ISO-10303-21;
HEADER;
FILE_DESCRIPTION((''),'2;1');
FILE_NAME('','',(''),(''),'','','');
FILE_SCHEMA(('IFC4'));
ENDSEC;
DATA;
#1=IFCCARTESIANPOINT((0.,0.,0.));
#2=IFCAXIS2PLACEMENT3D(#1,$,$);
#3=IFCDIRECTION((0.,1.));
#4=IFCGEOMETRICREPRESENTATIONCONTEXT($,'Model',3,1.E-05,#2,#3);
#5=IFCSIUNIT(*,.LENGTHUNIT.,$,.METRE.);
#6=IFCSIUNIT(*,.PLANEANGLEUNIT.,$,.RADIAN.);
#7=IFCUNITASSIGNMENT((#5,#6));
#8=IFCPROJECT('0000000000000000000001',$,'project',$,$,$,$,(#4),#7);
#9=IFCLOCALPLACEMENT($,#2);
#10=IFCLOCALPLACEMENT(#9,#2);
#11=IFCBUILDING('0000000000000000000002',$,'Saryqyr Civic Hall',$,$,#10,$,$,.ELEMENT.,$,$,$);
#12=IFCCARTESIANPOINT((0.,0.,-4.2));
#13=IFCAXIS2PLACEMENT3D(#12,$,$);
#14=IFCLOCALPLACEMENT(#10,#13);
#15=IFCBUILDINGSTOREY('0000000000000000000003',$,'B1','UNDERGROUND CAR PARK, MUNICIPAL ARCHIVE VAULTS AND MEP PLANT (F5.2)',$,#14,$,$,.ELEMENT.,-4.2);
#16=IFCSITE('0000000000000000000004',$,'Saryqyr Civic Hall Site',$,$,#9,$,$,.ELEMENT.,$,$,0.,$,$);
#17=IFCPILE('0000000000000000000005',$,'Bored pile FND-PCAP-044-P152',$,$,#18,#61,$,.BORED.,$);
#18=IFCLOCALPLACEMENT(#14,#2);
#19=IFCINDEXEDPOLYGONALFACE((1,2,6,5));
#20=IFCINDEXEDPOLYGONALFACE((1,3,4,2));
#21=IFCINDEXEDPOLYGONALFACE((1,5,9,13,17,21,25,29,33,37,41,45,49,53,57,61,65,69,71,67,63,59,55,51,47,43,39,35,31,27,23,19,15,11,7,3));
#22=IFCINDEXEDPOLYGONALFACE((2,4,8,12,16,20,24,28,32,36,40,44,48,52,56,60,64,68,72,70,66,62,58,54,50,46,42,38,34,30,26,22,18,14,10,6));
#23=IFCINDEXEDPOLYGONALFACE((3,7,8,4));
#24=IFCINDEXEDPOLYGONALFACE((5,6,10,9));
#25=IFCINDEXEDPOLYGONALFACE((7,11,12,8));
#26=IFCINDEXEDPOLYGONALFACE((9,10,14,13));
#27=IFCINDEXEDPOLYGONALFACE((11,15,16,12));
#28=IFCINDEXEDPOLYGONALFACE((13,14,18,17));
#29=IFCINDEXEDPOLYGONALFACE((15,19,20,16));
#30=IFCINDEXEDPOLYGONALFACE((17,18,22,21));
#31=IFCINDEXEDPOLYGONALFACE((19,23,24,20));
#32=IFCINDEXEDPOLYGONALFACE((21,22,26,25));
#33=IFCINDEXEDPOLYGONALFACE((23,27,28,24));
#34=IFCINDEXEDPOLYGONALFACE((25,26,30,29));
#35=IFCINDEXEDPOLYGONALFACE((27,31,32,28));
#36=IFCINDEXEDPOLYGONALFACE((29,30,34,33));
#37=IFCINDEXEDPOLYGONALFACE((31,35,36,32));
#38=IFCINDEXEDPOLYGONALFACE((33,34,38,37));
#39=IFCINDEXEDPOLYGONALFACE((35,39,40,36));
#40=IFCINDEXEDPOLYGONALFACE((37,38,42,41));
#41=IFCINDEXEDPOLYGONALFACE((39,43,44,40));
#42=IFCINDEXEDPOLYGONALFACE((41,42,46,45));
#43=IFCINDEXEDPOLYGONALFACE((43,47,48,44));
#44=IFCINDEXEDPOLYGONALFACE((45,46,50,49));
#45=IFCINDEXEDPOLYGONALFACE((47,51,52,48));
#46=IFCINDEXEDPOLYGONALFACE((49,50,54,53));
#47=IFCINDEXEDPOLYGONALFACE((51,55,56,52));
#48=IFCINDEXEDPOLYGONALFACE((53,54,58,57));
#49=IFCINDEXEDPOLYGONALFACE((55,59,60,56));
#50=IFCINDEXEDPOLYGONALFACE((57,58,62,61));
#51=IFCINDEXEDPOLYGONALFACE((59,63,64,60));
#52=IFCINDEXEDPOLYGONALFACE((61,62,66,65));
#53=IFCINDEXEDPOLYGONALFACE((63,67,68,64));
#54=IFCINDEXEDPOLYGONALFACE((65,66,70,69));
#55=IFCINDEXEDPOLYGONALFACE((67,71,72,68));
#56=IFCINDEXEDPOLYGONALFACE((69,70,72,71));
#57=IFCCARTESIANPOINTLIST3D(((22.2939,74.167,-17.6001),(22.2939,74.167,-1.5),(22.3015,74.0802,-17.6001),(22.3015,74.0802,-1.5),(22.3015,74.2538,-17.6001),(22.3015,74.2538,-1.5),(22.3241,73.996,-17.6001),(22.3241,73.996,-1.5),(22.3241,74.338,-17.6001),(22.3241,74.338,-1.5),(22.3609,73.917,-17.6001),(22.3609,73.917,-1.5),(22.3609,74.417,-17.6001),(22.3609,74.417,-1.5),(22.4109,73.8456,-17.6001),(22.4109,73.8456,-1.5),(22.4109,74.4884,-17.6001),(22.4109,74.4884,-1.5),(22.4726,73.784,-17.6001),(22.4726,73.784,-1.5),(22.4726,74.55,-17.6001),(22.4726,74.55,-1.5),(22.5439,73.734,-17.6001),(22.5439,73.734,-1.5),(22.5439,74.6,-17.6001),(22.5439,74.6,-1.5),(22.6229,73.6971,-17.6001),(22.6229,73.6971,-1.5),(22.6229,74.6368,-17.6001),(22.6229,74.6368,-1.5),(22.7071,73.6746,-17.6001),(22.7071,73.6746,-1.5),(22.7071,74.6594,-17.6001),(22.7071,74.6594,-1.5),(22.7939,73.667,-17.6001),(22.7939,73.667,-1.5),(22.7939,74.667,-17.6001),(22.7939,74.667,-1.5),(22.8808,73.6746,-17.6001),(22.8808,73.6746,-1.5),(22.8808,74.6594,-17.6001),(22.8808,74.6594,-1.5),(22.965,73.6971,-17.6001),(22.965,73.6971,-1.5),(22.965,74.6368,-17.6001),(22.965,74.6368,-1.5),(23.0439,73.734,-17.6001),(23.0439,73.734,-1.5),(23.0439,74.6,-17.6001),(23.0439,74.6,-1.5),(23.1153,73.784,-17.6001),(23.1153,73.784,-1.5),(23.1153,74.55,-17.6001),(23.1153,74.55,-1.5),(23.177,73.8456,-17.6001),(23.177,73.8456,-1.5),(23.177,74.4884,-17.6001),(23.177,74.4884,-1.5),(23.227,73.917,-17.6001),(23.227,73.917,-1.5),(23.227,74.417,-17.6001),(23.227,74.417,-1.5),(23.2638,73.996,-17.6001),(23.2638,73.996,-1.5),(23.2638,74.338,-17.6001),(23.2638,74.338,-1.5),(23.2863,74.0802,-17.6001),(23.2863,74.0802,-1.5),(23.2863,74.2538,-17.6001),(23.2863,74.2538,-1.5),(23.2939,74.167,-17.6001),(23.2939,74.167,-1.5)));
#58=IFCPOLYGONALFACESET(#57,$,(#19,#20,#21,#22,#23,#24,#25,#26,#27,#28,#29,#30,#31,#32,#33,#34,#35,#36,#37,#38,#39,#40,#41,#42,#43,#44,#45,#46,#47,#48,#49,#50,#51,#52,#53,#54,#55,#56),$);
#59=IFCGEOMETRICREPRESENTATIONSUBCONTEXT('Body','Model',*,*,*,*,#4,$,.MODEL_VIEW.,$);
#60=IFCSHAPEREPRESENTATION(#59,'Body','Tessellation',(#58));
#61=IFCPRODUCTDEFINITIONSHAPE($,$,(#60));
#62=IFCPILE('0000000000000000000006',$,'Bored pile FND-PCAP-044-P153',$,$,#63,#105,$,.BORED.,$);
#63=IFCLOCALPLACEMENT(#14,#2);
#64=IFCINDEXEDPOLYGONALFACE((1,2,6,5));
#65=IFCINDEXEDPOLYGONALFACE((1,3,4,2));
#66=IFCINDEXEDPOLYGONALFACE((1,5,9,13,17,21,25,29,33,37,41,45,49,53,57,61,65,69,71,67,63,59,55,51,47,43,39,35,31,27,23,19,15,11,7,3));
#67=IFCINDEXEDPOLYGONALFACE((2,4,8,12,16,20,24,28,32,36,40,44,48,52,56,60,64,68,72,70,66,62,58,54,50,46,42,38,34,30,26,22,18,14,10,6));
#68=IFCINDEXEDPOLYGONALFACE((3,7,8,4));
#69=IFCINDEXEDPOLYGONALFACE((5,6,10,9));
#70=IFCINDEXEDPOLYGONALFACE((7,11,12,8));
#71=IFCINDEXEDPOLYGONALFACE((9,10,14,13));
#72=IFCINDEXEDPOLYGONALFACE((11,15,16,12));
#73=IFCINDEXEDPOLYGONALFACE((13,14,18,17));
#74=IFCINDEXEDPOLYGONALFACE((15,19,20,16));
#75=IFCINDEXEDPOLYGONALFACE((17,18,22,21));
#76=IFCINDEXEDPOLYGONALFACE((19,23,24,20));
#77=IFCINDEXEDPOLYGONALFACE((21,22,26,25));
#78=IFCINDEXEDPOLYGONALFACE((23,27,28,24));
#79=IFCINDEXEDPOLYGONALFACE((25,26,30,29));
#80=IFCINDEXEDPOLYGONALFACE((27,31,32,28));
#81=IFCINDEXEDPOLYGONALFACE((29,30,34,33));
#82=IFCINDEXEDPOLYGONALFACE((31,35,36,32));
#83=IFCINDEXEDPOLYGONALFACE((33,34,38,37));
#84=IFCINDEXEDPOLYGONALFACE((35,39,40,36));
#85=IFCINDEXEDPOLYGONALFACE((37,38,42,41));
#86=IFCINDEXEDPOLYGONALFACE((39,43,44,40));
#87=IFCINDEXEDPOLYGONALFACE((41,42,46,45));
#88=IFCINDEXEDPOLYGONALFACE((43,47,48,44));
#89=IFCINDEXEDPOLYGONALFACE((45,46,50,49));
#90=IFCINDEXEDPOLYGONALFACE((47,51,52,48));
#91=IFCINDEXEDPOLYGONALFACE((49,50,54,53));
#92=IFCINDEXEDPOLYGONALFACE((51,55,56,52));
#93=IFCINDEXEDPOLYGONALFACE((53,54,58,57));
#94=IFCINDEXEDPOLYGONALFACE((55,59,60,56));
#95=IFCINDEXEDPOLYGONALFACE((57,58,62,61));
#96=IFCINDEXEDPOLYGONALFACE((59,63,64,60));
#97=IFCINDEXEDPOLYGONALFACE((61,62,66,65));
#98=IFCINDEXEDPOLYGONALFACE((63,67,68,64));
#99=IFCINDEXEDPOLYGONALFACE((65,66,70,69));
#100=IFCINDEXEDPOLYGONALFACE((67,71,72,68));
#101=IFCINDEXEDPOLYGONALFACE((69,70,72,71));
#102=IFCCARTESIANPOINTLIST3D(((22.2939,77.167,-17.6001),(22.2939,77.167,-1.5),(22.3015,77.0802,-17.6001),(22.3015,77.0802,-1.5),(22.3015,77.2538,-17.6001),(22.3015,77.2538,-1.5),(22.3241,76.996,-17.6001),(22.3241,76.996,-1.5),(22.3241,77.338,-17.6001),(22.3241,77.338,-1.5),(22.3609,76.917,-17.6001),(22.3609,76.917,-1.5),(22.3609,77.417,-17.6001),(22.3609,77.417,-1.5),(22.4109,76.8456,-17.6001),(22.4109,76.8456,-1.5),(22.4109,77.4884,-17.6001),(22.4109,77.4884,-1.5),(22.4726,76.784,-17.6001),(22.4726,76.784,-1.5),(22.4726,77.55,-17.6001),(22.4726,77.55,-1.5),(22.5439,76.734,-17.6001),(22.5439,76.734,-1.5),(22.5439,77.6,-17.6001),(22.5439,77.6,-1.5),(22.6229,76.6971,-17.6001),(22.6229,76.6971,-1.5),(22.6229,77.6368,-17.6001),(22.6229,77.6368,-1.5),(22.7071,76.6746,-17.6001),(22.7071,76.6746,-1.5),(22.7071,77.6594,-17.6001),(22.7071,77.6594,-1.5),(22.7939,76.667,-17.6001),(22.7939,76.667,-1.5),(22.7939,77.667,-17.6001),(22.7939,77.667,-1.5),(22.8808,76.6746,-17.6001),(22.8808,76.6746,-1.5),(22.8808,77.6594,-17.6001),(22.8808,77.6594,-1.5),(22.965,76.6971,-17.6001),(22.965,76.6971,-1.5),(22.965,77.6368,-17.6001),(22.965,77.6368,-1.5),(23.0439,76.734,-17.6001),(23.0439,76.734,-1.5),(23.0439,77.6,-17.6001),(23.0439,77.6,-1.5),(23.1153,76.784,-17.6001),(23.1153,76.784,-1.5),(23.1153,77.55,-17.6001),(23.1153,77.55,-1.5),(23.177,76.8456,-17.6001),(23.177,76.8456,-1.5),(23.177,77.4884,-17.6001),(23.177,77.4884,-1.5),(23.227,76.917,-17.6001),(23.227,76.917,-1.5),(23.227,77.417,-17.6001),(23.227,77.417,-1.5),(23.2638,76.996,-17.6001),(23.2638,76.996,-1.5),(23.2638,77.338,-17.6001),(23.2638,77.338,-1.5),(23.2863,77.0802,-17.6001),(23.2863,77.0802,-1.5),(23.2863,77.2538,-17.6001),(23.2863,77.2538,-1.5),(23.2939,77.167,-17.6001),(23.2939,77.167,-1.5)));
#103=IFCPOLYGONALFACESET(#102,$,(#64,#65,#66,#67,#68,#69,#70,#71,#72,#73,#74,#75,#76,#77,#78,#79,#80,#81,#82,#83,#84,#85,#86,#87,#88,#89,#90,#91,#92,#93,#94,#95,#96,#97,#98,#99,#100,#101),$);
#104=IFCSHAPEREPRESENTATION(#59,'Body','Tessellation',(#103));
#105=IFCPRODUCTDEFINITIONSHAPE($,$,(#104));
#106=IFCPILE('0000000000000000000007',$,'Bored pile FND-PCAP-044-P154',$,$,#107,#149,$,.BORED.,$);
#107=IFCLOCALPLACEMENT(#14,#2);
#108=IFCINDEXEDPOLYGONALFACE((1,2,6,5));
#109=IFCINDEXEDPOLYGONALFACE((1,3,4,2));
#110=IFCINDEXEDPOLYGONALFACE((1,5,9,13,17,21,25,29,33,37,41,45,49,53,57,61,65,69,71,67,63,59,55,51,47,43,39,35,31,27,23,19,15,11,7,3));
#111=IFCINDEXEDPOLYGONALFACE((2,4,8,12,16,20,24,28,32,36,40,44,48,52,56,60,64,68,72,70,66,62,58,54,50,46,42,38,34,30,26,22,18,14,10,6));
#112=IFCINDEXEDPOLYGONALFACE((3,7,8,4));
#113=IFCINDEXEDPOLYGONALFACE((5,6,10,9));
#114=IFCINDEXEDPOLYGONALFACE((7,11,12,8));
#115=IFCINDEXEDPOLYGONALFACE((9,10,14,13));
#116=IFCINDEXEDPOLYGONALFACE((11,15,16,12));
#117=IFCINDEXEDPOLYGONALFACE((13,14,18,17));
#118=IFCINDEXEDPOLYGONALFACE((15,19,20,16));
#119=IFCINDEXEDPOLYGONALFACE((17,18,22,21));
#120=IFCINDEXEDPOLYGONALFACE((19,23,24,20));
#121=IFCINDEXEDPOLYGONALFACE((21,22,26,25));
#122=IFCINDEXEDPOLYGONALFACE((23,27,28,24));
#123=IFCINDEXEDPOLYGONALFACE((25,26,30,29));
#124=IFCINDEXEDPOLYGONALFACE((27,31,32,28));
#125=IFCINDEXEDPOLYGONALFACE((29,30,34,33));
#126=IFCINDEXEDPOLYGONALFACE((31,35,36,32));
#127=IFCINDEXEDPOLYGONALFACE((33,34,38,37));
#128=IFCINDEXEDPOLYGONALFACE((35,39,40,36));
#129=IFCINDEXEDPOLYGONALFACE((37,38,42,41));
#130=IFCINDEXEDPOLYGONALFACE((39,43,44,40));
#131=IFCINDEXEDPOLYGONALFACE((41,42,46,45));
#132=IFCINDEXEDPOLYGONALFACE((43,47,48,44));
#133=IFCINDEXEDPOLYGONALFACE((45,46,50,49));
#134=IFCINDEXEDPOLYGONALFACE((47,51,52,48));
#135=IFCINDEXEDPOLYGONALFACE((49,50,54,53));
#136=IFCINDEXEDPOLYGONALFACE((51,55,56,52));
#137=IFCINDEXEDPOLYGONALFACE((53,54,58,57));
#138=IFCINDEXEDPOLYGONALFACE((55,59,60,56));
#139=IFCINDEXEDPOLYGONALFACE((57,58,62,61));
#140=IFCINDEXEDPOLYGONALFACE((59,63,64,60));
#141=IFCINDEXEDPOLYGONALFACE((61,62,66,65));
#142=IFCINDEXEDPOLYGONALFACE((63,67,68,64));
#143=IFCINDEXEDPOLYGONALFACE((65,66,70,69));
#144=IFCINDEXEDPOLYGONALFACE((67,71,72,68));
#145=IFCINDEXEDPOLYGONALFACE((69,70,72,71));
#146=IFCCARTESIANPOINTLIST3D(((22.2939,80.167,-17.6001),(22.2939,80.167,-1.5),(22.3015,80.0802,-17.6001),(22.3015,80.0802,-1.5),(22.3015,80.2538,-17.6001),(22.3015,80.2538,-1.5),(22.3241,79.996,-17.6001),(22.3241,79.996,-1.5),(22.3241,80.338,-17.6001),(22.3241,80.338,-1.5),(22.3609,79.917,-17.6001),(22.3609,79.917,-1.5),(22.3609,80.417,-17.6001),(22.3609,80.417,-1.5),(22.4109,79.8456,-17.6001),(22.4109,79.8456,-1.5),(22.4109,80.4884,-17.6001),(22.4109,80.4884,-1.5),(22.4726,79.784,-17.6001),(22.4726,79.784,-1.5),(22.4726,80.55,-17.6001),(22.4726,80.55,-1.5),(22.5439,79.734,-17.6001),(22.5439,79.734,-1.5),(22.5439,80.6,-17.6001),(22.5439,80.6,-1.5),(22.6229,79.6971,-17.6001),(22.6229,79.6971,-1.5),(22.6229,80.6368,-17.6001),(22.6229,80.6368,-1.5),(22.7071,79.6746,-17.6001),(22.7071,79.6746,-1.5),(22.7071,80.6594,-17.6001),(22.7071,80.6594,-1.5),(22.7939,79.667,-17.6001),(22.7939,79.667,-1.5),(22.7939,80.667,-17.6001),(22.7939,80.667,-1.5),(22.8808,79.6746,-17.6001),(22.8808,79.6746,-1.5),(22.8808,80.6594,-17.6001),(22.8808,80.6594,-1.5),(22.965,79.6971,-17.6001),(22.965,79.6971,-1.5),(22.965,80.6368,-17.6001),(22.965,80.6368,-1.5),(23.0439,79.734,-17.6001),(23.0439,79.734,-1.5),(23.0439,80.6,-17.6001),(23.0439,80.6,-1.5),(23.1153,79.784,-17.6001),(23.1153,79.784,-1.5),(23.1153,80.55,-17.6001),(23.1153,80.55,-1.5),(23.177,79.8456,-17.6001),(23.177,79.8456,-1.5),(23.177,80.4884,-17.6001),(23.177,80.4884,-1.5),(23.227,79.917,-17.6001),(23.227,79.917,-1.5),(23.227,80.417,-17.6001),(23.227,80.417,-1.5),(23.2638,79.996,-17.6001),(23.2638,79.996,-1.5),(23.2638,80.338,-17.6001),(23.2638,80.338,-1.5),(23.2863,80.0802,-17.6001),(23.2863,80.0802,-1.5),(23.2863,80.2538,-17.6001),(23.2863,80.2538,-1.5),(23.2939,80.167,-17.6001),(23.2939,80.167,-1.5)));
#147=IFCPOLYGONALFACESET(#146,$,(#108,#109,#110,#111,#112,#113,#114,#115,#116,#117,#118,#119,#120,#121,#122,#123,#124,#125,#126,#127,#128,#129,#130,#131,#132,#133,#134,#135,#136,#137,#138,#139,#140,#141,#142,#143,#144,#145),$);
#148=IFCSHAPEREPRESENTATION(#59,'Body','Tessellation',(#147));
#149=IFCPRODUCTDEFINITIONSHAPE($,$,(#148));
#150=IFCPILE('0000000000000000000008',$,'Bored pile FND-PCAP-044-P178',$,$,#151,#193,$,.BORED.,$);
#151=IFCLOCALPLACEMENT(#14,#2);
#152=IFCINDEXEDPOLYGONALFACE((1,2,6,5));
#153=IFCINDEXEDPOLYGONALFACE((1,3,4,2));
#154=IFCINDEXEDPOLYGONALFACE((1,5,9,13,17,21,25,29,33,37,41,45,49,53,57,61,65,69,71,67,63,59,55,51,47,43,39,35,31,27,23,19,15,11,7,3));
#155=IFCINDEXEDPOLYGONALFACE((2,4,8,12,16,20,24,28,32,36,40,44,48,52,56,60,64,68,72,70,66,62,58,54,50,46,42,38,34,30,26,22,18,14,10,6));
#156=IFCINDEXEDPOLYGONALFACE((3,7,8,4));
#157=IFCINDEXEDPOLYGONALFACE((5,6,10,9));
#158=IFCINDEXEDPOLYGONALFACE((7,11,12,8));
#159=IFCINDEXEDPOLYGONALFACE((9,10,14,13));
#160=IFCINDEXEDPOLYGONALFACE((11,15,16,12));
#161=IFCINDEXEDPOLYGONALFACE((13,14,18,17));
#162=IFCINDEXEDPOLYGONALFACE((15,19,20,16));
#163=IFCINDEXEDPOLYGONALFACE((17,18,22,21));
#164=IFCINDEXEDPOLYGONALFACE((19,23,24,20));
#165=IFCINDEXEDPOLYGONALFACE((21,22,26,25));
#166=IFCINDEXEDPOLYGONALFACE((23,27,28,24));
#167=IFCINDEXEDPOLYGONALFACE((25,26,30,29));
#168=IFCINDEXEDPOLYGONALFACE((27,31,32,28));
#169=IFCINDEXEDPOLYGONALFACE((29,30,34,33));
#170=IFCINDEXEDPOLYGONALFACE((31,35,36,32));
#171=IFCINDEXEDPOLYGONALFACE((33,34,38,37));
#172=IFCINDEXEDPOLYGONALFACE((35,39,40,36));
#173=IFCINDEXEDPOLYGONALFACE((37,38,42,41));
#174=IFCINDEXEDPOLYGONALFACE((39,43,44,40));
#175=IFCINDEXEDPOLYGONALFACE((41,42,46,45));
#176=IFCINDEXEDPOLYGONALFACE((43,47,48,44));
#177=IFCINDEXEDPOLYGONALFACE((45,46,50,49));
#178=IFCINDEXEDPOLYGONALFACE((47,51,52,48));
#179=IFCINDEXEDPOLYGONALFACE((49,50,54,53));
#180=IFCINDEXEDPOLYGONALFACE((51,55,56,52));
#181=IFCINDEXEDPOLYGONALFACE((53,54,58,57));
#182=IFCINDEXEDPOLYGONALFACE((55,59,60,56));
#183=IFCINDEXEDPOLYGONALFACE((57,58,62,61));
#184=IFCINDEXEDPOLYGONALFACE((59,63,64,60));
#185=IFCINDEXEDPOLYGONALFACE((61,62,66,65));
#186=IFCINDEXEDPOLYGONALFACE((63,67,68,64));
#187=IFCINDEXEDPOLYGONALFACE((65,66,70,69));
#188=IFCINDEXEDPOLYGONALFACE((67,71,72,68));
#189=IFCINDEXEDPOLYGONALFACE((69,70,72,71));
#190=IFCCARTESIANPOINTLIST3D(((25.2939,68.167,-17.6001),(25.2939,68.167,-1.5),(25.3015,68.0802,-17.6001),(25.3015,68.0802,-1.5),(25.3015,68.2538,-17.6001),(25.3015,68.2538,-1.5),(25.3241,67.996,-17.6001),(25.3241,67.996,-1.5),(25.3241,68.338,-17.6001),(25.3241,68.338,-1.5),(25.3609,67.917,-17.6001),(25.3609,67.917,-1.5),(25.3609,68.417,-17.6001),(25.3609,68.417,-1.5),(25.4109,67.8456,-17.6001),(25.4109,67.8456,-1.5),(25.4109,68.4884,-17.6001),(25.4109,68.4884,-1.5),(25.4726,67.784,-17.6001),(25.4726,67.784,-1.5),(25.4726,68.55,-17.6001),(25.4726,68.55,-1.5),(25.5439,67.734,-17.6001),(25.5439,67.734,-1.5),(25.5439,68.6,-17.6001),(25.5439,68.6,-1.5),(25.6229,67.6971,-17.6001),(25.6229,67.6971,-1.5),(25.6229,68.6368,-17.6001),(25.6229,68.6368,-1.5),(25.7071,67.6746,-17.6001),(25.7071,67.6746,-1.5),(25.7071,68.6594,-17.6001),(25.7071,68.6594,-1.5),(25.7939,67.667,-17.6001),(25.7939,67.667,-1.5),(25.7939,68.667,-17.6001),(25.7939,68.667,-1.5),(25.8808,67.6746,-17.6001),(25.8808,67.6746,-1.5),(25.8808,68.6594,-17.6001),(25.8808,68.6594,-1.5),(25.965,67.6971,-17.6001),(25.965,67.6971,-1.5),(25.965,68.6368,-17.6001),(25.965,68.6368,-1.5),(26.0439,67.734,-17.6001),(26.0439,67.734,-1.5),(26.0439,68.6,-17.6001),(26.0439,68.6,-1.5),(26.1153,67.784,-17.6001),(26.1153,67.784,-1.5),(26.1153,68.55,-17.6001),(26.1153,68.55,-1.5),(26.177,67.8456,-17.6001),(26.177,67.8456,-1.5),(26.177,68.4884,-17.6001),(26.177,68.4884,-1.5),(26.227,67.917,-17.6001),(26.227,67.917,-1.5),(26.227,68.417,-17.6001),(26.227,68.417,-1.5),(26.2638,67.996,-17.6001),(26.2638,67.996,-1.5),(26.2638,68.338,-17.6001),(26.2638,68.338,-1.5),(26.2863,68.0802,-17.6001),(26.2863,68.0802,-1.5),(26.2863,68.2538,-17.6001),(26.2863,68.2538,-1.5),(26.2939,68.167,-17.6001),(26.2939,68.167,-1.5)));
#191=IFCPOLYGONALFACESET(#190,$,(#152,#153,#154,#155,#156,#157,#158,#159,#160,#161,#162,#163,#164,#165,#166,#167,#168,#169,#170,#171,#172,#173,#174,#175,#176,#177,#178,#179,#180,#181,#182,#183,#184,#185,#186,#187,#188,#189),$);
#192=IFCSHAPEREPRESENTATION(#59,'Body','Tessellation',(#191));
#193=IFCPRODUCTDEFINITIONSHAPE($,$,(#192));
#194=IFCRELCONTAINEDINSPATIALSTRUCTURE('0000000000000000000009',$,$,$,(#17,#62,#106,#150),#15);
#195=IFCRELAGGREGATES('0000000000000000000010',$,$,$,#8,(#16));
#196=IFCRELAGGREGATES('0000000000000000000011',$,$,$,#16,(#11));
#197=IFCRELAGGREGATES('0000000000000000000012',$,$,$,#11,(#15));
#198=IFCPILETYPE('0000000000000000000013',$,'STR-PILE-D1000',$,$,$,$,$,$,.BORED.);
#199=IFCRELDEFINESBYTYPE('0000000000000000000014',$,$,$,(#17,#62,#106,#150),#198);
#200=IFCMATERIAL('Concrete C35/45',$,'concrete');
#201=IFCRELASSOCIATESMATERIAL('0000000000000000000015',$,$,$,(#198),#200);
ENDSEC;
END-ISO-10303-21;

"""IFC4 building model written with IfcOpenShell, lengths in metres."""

from ifc_helpers import new_model, si_unit, direction, frame, origin, origin_2d, place, context, subcontext, project, spatial, circle, extrude, material, material_profile, profile_set, type_object, element, save


model = new_model("IFC4")

# Units and contexts
model_context = context("Model", 3, precision=1e-05, world=origin(), true_north=direction((0.0, 1.0)))
body_context = subcontext(model_context, "Body", "Model", "MODEL_VIEW")
ifc_project = project(units=[si_unit("LENGTHUNIT", "METRE"), si_unit("PLANEANGLEUNIT", "RADIAN")], contexts=[model_context])

# Site, building, storey
site_placement = place(None, origin())
site = spatial("IfcSite", under=ifc_project, at=site_placement, Name="Saryqyr Civic Hall Site", CompositionType="ELEMENT", RefElevation=0.0)
building_placement = place(site_placement, origin())
building = spatial("IfcBuilding", under=site, at=building_placement, Name="Saryqyr Civic Hall", CompositionType="ELEMENT")
storey_placement = place(building_placement, frame((0.0, 0.0, -4.2)))
storey = spatial("IfcBuildingStorey", under=building, at=storey_placement, Name="B1", Description="UNDERGROUND CAR PARK, MUNICIPAL ARCHIVE VAULTS AND MEP PLANT (F5.2)", CompositionType="ELEMENT", Elevation=-4.2)

# Shared definitions
ifc_material_1 = material(Name="Concrete C35/45", Category="concrete")

# Piles
ifc_material_profile_1 = material_profile(ifc_material_1, circle(Radius=0.5, at=origin_2d()), Name="BORED PILE D1000")
ifc_profile_set_1 = profile_set([ifc_material_profile_1], Name="Concrete C35/45")
pile_type = type_object("IfcPileType", Name="STR-PILE-D1000", PredefinedType="BORED", material=ifc_profile_set_1)
for number, where, z_axis, x_axis, name in (
    (1, (22.7939, 74.167, -1.5), (0.0, 0.0, -1.0), (1.0, 0.0, 0.0), "Bored pile FND-PCAP-044-P152"),
    (2, (22.7939, 77.167, -1.5), (0.0, 0.0, -1.0), (1.0, 0.0, 0.0), "Bored pile FND-PCAP-044-P153"),
    (3, (22.7939, 80.167, -1.5), (0.0, 0.0, -1.0), (1.0, 0.0, 0.0), "Bored pile FND-PCAP-044-P154"),
    (4, (25.7939, 68.167, -1.5), (0.0, 0.0, -1.0), (1.0, 0.0, 0.0), "Bored pile FND-PCAP-044-P178"),
):
    element("IfcPile", number, at=place(storey_placement, frame(where, z_axis=z_axis, x_axis=x_axis)), inside=storey, type_object=pile_type, Name=name, PredefinedType="BORED", context=body_context, shape_type="SweptSolid", body=[
        extrude(circle(Radius=0.5, at=origin_2d()), origin(), (0.0, 0.0, 1.0), 16.1001),
    ])

save(model, "model.ifc")
